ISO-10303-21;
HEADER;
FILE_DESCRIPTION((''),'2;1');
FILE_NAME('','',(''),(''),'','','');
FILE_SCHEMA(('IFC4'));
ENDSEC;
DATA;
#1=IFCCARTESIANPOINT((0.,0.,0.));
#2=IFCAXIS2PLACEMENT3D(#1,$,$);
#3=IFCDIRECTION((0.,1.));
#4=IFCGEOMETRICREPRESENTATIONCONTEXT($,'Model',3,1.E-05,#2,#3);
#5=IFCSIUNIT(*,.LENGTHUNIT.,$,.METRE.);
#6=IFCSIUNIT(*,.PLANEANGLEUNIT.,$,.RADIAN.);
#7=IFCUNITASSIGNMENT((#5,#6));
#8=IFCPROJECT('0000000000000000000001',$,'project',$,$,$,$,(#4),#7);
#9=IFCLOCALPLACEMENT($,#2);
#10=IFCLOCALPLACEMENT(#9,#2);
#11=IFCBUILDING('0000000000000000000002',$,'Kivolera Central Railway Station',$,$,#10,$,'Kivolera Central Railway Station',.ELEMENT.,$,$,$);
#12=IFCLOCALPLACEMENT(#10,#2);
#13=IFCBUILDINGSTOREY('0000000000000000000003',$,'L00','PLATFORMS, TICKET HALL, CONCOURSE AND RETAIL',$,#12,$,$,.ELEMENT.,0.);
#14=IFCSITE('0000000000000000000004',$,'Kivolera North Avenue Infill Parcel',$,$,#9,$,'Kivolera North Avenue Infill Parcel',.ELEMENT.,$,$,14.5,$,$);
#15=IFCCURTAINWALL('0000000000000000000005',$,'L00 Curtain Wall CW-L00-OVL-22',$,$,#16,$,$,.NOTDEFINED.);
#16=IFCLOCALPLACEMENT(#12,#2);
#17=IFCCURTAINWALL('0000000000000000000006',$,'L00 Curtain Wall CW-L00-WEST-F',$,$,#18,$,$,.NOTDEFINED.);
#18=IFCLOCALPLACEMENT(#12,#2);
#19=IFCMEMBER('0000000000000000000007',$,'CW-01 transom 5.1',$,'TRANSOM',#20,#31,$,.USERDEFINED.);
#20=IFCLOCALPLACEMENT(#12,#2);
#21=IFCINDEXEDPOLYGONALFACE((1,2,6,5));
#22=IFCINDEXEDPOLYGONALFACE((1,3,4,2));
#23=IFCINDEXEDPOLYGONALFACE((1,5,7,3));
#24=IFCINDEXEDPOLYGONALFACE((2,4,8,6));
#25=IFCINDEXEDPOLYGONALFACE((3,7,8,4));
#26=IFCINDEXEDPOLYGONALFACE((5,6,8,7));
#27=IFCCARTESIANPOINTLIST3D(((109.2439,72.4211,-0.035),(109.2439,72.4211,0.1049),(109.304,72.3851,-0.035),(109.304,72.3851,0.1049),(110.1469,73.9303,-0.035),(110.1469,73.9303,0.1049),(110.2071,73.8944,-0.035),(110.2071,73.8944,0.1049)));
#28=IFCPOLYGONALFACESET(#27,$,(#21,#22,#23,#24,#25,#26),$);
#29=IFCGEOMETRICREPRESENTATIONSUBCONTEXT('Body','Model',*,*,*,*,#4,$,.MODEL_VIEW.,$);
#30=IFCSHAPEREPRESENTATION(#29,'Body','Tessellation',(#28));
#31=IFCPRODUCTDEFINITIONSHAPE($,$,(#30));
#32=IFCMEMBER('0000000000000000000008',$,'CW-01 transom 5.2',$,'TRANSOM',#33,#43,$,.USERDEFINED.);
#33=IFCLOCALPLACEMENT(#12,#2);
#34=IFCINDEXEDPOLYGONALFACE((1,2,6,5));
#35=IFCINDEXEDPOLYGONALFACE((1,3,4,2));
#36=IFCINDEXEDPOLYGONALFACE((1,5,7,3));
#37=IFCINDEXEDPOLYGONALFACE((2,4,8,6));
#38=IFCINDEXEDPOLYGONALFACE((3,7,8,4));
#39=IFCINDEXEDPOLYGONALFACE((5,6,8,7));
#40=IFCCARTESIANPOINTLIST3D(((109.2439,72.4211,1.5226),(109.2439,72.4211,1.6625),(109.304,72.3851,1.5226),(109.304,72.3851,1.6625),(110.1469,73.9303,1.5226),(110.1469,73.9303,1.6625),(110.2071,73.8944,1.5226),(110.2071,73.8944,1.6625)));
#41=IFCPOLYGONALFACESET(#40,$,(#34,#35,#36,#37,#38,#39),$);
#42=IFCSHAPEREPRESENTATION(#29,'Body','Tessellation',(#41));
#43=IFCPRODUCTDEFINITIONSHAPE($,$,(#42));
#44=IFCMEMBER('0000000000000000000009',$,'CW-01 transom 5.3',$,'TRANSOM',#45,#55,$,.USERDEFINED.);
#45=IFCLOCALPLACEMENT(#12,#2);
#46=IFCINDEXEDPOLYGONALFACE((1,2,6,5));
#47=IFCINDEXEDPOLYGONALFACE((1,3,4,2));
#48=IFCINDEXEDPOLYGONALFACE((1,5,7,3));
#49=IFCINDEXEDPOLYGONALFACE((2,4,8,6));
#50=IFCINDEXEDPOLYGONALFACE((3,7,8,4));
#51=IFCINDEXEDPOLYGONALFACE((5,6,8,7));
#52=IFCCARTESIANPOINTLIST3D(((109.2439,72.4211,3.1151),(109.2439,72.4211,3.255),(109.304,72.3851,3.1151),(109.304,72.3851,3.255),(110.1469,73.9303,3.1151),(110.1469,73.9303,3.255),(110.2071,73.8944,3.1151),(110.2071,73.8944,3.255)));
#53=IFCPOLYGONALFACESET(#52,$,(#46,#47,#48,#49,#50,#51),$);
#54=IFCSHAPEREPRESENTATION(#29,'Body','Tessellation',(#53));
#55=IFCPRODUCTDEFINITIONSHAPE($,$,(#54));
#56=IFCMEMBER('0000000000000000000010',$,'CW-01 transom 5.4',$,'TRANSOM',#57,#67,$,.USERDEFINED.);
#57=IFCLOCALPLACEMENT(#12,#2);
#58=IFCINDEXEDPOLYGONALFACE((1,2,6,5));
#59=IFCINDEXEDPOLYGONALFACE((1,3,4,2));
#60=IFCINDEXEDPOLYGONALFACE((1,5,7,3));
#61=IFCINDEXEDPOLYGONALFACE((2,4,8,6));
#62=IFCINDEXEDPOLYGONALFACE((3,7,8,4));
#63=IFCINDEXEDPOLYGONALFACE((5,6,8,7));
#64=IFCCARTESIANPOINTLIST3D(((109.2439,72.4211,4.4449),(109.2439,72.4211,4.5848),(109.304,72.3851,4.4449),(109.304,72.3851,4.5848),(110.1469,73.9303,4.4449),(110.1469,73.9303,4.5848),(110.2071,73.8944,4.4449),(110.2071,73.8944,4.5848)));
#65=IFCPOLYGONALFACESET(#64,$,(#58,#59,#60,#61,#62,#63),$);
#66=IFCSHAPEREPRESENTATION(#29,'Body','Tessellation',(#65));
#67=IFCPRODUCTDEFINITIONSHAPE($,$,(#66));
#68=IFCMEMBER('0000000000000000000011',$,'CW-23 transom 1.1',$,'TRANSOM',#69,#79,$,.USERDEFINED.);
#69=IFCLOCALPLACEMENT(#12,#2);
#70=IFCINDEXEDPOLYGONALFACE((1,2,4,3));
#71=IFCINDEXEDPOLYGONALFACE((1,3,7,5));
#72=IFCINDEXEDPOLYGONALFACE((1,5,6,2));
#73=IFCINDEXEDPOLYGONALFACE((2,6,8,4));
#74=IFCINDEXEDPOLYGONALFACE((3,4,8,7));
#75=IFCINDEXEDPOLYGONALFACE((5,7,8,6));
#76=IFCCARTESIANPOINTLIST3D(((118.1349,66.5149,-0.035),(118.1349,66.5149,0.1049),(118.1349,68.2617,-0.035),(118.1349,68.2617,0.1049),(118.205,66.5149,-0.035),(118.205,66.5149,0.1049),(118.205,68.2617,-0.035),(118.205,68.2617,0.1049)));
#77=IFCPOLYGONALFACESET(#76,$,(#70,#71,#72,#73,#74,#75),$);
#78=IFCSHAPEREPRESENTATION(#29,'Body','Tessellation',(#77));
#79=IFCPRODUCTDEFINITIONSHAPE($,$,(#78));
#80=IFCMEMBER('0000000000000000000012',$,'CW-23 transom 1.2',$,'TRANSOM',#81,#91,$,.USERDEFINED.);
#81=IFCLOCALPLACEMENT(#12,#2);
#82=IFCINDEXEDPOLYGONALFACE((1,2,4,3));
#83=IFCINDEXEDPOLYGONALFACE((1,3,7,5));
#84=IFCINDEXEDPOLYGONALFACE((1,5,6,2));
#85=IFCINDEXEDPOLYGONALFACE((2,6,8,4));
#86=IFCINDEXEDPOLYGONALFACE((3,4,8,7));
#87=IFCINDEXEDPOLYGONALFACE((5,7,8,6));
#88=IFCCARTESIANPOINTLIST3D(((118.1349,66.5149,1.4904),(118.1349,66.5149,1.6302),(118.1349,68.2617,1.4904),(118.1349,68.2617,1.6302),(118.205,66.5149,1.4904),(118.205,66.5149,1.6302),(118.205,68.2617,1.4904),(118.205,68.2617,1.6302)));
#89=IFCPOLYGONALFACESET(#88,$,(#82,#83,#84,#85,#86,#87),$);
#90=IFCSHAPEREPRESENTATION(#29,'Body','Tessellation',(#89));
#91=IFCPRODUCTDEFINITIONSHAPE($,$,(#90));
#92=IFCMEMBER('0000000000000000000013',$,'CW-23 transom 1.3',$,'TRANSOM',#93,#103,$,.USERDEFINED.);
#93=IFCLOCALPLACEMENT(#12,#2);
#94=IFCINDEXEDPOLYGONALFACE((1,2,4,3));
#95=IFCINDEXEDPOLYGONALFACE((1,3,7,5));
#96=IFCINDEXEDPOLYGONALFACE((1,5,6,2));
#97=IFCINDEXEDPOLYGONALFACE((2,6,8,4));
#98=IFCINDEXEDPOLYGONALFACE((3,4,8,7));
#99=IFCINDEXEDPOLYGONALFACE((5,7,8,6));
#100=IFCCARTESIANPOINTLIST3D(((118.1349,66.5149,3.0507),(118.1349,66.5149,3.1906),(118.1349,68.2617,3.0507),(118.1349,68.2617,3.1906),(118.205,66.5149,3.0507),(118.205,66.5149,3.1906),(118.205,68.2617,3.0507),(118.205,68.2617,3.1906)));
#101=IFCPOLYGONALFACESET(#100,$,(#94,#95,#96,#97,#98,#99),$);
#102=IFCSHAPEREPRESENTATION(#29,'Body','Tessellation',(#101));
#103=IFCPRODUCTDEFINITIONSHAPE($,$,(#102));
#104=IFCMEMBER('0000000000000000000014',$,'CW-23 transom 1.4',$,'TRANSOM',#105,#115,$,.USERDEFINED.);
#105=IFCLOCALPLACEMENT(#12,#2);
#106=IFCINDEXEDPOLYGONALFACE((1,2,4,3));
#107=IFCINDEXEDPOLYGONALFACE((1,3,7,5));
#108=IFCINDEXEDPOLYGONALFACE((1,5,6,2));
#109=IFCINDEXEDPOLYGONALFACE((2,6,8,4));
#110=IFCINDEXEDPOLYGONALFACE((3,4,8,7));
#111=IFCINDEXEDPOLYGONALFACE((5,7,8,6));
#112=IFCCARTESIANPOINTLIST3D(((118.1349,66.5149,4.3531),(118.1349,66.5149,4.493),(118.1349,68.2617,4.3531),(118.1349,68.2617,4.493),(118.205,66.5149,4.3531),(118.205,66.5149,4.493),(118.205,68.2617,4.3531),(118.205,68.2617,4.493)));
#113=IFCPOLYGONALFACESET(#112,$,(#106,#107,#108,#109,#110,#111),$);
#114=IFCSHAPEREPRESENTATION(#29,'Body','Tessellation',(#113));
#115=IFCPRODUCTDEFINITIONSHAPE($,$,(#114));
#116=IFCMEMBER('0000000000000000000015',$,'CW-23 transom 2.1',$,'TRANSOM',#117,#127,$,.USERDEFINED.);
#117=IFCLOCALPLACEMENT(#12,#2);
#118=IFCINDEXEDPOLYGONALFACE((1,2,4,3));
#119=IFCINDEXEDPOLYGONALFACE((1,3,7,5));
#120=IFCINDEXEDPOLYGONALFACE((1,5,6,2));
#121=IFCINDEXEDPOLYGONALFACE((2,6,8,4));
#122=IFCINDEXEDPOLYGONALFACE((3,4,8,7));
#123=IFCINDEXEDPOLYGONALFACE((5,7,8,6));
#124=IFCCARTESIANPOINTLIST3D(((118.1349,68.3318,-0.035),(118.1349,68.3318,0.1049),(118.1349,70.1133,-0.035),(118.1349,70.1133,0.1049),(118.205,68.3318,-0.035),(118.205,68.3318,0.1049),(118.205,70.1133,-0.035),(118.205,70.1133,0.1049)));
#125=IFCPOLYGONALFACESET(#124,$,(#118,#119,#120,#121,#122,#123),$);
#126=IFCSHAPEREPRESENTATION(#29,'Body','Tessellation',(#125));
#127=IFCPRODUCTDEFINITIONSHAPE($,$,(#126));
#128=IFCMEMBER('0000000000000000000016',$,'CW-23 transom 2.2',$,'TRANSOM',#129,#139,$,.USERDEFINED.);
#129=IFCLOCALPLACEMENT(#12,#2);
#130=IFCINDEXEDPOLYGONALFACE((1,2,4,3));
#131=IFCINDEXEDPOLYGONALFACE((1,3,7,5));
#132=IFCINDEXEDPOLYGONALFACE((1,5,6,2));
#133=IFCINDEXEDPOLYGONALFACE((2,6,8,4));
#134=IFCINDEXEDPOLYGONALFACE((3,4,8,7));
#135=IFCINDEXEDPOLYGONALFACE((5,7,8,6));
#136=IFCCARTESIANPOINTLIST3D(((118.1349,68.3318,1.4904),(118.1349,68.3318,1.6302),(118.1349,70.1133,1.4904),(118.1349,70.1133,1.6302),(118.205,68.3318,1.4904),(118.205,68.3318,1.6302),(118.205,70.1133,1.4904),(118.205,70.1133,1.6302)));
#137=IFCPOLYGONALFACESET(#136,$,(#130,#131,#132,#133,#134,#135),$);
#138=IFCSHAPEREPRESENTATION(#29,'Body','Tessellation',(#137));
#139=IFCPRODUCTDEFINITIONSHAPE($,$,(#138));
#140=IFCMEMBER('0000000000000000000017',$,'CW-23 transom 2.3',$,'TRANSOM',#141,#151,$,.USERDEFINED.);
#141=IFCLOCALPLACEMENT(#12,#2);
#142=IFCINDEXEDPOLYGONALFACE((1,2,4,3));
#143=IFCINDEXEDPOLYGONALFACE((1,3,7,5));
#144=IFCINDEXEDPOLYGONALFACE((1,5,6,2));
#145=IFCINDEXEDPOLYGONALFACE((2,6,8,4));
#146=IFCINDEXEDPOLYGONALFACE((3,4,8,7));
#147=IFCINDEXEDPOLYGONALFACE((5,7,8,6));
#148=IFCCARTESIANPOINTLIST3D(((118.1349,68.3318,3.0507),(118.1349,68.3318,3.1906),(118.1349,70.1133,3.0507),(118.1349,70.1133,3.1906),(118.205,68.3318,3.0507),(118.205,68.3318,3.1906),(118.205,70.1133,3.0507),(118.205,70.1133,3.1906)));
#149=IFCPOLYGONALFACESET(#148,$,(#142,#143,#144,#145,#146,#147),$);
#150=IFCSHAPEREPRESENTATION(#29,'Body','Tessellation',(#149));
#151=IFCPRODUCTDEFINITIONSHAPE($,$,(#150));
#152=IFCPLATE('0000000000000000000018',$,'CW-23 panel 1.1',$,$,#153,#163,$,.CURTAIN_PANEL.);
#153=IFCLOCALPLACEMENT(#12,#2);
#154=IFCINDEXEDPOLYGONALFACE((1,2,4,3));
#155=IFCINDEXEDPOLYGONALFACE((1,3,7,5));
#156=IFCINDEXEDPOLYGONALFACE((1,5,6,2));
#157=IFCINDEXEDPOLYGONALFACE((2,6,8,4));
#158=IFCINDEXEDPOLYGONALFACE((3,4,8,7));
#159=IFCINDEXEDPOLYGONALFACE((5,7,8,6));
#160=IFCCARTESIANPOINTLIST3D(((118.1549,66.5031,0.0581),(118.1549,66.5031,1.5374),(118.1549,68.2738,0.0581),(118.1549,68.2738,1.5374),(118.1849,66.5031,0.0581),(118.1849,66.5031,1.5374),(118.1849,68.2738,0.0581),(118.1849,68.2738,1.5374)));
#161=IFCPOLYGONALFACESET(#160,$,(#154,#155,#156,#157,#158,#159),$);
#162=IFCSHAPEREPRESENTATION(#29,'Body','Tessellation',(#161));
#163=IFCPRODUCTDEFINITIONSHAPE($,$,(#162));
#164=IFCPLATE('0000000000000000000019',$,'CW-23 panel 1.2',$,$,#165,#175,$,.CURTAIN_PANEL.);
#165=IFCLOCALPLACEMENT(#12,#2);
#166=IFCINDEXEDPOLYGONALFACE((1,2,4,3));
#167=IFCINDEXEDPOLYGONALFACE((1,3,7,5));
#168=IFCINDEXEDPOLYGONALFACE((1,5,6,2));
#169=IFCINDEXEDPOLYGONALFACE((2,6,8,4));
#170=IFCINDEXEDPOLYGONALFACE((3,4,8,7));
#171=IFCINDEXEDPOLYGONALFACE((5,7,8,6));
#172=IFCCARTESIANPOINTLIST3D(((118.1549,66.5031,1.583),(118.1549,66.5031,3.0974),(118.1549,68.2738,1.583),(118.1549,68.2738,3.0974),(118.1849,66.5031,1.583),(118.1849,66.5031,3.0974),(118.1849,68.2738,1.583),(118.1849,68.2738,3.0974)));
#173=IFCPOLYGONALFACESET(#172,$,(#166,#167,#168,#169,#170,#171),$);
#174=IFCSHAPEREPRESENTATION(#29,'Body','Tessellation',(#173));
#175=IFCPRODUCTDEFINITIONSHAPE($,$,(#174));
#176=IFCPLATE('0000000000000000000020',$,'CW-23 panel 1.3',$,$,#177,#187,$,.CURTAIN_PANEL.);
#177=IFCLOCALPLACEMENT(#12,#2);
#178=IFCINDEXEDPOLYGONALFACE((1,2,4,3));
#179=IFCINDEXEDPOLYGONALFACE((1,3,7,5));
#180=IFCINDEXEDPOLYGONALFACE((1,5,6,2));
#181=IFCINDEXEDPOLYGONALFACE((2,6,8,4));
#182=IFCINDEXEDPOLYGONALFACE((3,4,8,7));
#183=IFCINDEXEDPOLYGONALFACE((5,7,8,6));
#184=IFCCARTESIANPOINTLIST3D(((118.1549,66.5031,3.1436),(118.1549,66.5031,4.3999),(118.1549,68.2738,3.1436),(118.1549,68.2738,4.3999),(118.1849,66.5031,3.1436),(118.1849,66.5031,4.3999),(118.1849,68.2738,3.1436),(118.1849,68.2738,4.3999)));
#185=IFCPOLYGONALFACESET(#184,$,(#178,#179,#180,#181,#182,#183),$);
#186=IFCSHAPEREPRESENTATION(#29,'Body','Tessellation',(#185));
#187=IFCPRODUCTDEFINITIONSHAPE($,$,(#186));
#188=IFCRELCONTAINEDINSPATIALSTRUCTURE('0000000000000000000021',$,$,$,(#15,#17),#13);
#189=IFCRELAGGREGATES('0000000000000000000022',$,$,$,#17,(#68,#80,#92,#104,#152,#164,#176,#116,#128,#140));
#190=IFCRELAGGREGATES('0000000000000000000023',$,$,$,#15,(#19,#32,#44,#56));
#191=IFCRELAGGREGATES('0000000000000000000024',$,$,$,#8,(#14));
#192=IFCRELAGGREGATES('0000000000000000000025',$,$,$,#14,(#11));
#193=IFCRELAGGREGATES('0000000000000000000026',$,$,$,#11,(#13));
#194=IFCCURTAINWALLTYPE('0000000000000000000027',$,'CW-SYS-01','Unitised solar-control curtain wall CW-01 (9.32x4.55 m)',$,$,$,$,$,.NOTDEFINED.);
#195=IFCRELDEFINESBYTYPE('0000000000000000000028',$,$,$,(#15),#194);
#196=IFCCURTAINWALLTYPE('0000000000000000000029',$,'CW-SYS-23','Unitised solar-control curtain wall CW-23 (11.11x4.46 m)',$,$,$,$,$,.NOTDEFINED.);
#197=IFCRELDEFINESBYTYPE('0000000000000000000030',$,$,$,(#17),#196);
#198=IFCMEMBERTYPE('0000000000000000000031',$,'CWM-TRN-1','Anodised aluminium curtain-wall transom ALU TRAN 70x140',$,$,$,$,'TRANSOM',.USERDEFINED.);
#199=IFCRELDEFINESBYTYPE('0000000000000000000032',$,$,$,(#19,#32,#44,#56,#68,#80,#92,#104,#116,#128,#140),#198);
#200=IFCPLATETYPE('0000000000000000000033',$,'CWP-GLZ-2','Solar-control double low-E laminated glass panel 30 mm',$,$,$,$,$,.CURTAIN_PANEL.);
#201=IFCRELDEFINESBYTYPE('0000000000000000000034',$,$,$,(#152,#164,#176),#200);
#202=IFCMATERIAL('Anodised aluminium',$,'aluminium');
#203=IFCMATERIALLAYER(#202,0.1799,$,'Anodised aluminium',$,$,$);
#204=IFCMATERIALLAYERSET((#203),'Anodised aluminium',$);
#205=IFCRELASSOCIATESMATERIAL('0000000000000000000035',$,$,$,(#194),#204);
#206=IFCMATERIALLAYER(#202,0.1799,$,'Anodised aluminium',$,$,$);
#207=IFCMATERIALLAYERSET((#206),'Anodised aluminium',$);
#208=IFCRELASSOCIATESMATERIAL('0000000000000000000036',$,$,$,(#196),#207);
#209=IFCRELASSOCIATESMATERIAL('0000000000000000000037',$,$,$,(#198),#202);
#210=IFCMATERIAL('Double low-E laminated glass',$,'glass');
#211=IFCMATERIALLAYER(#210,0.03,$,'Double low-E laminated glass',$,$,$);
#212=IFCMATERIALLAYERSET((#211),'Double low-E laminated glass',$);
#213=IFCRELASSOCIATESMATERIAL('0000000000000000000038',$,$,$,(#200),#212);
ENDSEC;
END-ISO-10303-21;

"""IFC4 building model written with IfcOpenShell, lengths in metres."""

from ifc_helpers import new_model, si_unit, direction, frame, origin, origin_2d, place, context, subcontext, project, spatial, rectangle, extrude, material, layer, layer_set, material_profile, profile_set, type_object, element, aggregate, save


model = new_model("IFC4")

# Units and contexts
model_context = context("Model", 3, precision=1e-05, world=origin(), true_north=direction((0.0, 1.0)))
body_context = subcontext(model_context, "Body", "Model", "MODEL_VIEW")
ifc_project = project(units=[si_unit("LENGTHUNIT", "METRE"), si_unit("PLANEANGLEUNIT", "RADIAN")], contexts=[model_context])

# Site, building, storey
site_placement = place(None, origin())
site = spatial("IfcSite", under=ifc_project, at=site_placement, Name="Kivolera North Avenue Infill Parcel", LongName="Kivolera North Avenue Infill Parcel", CompositionType="ELEMENT", RefElevation=14.5)
building_placement = place(site_placement, origin())
building = spatial("IfcBuilding", under=site, at=building_placement, Name="Kivolera Central Railway Station", LongName="Kivolera Central Railway Station", CompositionType="ELEMENT")
storey_placement = place(building_placement, origin())
storey = spatial("IfcBuildingStorey", under=building, at=storey_placement, Name="L00", Description="PLATFORMS, TICKET HALL, CONCOURSE AND RETAIL", CompositionType="ELEMENT", Elevation=0.0)

# Curtain wall
ifc_material_1 = material(Name="Anodised aluminium", Category="aluminium")
ifc_layer_1 = layer(ifc_material_1, 0.1799, Name="Anodised aluminium")
ifc_layer_set_1 = layer_set([ifc_layer_1], Name="Anodised aluminium")
curtain_wall_type_1 = type_object("IfcCurtainWallType", Name="CW-SYS-01", Description="Unitised solar-control curtain wall CW-01 (9.32x4.55 m)", PredefinedType="NOTDEFINED", material=ifc_layer_set_1)
curtain_wall_1_placement = place(storey_placement, origin())
curtain_wall_1 = element("IfcCurtainWall", 1, at=curtain_wall_1_placement, inside=storey, type_object=curtain_wall_type_1, Name="L00 Curtain Wall CW-L00-OVL-22", PredefinedType="NOTDEFINED")

# Curtain wall
ifc_layer_2 = layer(ifc_material_1, 0.1799, Name="Anodised aluminium")
ifc_layer_set_2 = layer_set([ifc_layer_2], Name="Anodised aluminium")
curtain_wall_type_2 = type_object("IfcCurtainWallType", Name="CW-SYS-23", Description="Unitised solar-control curtain wall CW-23 (11.11x4.46 m)", PredefinedType="NOTDEFINED", material=ifc_layer_set_2)
curtain_wall_2_placement = place(storey_placement, origin())
curtain_wall_2 = element("IfcCurtainWall", 2, at=curtain_wall_2_placement, inside=storey, type_object=curtain_wall_type_2, Name="L00 Curtain Wall CW-L00-WEST-F", PredefinedType="NOTDEFINED")

# Members
ifc_material_profile_1 = material_profile(ifc_material_1, rectangle(XDim=0.0701, YDim=0.1399, at=origin_2d()), Name="ALU TRAN 70x140")
ifc_profile_set_1 = profile_set([ifc_material_profile_1], Name="Anodised aluminium")
member_type_1 = type_object("IfcMemberType", Name="CWM-TRN-1", Description="Anodised aluminium curtain-wall transom ALU TRAN 70x140", ElementType="TRANSOM", PredefinedType="USERDEFINED", material=ifc_profile_set_1)
member_1_placement = place(storey_placement, frame((110.177, 73.9124, 0.0349), z_axis=(-0.513454, -0.858117, 0.0), x_axis=(0.858117, -0.513454, 0.0)))
member_1 = element("IfcMember", 3, at=member_1_placement, type_object=member_type_1, Name="CW-01 transom 5.1", ObjectType="TRANSOM", PredefinedType="USERDEFINED", context=body_context, shape_type="SweptSolid", body=[
    extrude(rectangle(XDim=0.0701, YDim=0.1399, at=origin_2d()), origin(), (0.0, 0.0, 1.0), 1.7588),
])
member_2_placement = place(storey_placement, frame((110.177, 73.9124, 1.5925), z_axis=(-0.513454, -0.858117, 0.0), x_axis=(0.858117, -0.513454, 0.0)))
member_2 = element("IfcMember", 4, at=member_2_placement, type_object=member_type_1, Name="CW-01 transom 5.2", ObjectType="TRANSOM", PredefinedType="USERDEFINED", context=body_context, shape_type="SweptSolid", body=[
    extrude(rectangle(XDim=0.0701, YDim=0.1399, at=origin_2d()), origin(), (0.0, 0.0, 1.0), 1.7588),
])
member_3_placement = place(storey_placement, frame((110.177, 73.9124, 3.1851), z_axis=(-0.513454, -0.858117, 0.0), x_axis=(0.858117, -0.513454, 0.0)))
member_3 = element("IfcMember", 5, at=member_3_placement, type_object=member_type_1, Name="CW-01 transom 5.3", ObjectType="TRANSOM", PredefinedType="USERDEFINED", context=body_context, shape_type="SweptSolid", body=[
    extrude(rectangle(XDim=0.0701, YDim=0.1399, at=origin_2d()), origin(), (0.0, 0.0, 1.0), 1.7588),
])
member_4_placement = place(storey_placement, frame((110.177, 73.9124, 4.5149), z_axis=(-0.513454, -0.858117, 0.0), x_axis=(0.858117, -0.513454, 0.0)))
member_4 = element("IfcMember", 6, at=member_4_placement, type_object=member_type_1, Name="CW-01 transom 5.4", ObjectType="TRANSOM", PredefinedType="USERDEFINED", context=body_context, shape_type="SweptSolid", body=[
    extrude(rectangle(XDim=0.0701, YDim=0.1399, at=origin_2d()), origin(), (0.0, 0.0, 1.0), 1.7588),
])
member_5_placement = place(storey_placement, frame((118.1699, 66.5149, 0.0349), z_axis=(0.0, 1.0, 0.0), x_axis=(-1.0, 0.0, 0.0)))
member_5 = element("IfcMember", 7, at=member_5_placement, type_object=member_type_1, Name="CW-23 transom 1.1", ObjectType="TRANSOM", PredefinedType="USERDEFINED", context=body_context, shape_type="SweptSolid", body=[
    extrude(rectangle(XDim=0.0701, YDim=0.1399, at=origin_2d()), origin(), (0.0, 0.0, 1.0), 1.7468),
])
member_6_placement = place(storey_placement, frame((118.1699, 66.5149, 1.5603), z_axis=(0.0, 1.0, 0.0), x_axis=(-1.0, 0.0, 0.0)))
member_6 = element("IfcMember", 8, at=member_6_placement, type_object=member_type_1, Name="CW-23 transom 1.2", ObjectType="TRANSOM", PredefinedType="USERDEFINED", context=body_context, shape_type="SweptSolid", body=[
    extrude(rectangle(XDim=0.0701, YDim=0.1399, at=origin_2d()), origin(), (0.0, 0.0, 1.0), 1.7468),
])
member_7_placement = place(storey_placement, frame((118.1699, 66.5149, 3.1206), z_axis=(0.0, 1.0, 0.0), x_axis=(-1.0, 0.0, 0.0)))
member_7 = element("IfcMember", 9, at=member_7_placement, type_object=member_type_1, Name="CW-23 transom 1.3", ObjectType="TRANSOM", PredefinedType="USERDEFINED", context=body_context, shape_type="SweptSolid", body=[
    extrude(rectangle(XDim=0.0701, YDim=0.1399, at=origin_2d()), origin(), (0.0, 0.0, 1.0), 1.7468),
])
member_8_placement = place(storey_placement, frame((118.1699, 66.5149, 4.4231), z_axis=(0.0, 1.0, 0.0), x_axis=(-1.0, 0.0, 0.0)))
member_8 = element("IfcMember", 10, at=member_8_placement, type_object=member_type_1, Name="CW-23 transom 1.4", ObjectType="TRANSOM", PredefinedType="USERDEFINED", context=body_context, shape_type="SweptSolid", body=[
    extrude(rectangle(XDim=0.0701, YDim=0.1399, at=origin_2d()), origin(), (0.0, 0.0, 1.0), 1.7468),
])
member_9_placement = place(storey_placement, frame((118.1699, 68.3318, 0.0349), z_axis=(0.0, 1.0, 0.0), x_axis=(-1.0, 0.0, 0.0)))
member_9 = element("IfcMember", 11, at=member_9_placement, type_object=member_type_1, Name="CW-23 transom 2.1", ObjectType="TRANSOM", PredefinedType="USERDEFINED", context=body_context, shape_type="SweptSolid", body=[
    extrude(rectangle(XDim=0.0701, YDim=0.1399, at=origin_2d()), origin(), (0.0, 0.0, 1.0), 1.7815),
])
member_10_placement = place(storey_placement, frame((118.1699, 68.3318, 1.5603), z_axis=(0.0, 1.0, 0.0), x_axis=(-1.0, 0.0, 0.0)))
member_10 = element("IfcMember", 12, at=member_10_placement, type_object=member_type_1, Name="CW-23 transom 2.2", ObjectType="TRANSOM", PredefinedType="USERDEFINED", context=body_context, shape_type="SweptSolid", body=[
    extrude(rectangle(XDim=0.0701, YDim=0.1399, at=origin_2d()), origin(), (0.0, 0.0, 1.0), 1.7815),
])
member_11_placement = place(storey_placement, frame((118.1699, 68.3318, 3.1206), z_axis=(0.0, 1.0, 0.0), x_axis=(-1.0, 0.0, 0.0)))
member_11 = element("IfcMember", 13, at=member_11_placement, type_object=member_type_1, Name="CW-23 transom 2.3", ObjectType="TRANSOM", PredefinedType="USERDEFINED", context=body_context, shape_type="SweptSolid", body=[
    extrude(rectangle(XDim=0.0701, YDim=0.1399, at=origin_2d()), origin(), (0.0, 0.0, 1.0), 1.7815),
])

# Plates
ifc_material_2 = material(Name="Double low-E laminated glass", Category="glass")
ifc_layer_3 = layer(ifc_material_2, 0.03, Name="Double low-E laminated glass")
ifc_layer_set_3 = layer_set([ifc_layer_3], Name="Double low-E laminated glass")
plate_type_1 = type_object("IfcPlateType", Name="CWP-GLZ-2", Description="Solar-control double low-E laminated glass panel 30 mm", PredefinedType="CURTAIN_PANEL", material=ifc_layer_set_3)
plate_1_placement = place(storey_placement, frame((118.1699, 67.3884, 0.0581), z_axis=(0.0, 0.0, 1.0), x_axis=(0.0, 1.0, 0.0)))
plate_1 = element("IfcPlate", 14, at=plate_1_placement, type_object=plate_type_1, Name="CW-23 panel 1.1", PredefinedType="CURTAIN_PANEL", context=body_context, shape_type="SweptSolid", body=[
    extrude(rectangle(XDim=1.7708, YDim=0.03, at=origin_2d()), origin(), (0.0, 0.0, 1.0), 1.4792),
])
plate_2_placement = place(storey_placement, frame((118.1699, 67.3884, 1.583), z_axis=(0.0, 0.0, 1.0), x_axis=(0.0, 1.0, 0.0)))
plate_2 = element("IfcPlate", 15, at=plate_2_placement, type_object=plate_type_1, Name="CW-23 panel 1.2", PredefinedType="CURTAIN_PANEL", context=body_context, shape_type="SweptSolid", body=[
    extrude(rectangle(XDim=1.7708, YDim=0.03, at=origin_2d()), origin(), (0.0, 0.0, 1.0), 1.5144),
])
plate_3_placement = place(storey_placement, frame((118.1699, 67.3884, 3.1436), z_axis=(0.0, 0.0, 1.0), x_axis=(0.0, 1.0, 0.0)))
plate_3 = element("IfcPlate", 16, at=plate_3_placement, type_object=plate_type_1, Name="CW-23 panel 1.3", PredefinedType="CURTAIN_PANEL", context=body_context, shape_type="SweptSolid", body=[
    extrude(rectangle(XDim=1.7708, YDim=0.03, at=origin_2d()), origin(), (0.0, 0.0, 1.0), 1.2563),
])
aggregate(curtain_wall_2, [member_5, member_6, member_7, member_8, plate_1, plate_2, plate_3, member_9, member_10, member_11])
aggregate(curtain_wall_1, [member_1, member_2, member_3, member_4])

save(model, "model.ifc")
